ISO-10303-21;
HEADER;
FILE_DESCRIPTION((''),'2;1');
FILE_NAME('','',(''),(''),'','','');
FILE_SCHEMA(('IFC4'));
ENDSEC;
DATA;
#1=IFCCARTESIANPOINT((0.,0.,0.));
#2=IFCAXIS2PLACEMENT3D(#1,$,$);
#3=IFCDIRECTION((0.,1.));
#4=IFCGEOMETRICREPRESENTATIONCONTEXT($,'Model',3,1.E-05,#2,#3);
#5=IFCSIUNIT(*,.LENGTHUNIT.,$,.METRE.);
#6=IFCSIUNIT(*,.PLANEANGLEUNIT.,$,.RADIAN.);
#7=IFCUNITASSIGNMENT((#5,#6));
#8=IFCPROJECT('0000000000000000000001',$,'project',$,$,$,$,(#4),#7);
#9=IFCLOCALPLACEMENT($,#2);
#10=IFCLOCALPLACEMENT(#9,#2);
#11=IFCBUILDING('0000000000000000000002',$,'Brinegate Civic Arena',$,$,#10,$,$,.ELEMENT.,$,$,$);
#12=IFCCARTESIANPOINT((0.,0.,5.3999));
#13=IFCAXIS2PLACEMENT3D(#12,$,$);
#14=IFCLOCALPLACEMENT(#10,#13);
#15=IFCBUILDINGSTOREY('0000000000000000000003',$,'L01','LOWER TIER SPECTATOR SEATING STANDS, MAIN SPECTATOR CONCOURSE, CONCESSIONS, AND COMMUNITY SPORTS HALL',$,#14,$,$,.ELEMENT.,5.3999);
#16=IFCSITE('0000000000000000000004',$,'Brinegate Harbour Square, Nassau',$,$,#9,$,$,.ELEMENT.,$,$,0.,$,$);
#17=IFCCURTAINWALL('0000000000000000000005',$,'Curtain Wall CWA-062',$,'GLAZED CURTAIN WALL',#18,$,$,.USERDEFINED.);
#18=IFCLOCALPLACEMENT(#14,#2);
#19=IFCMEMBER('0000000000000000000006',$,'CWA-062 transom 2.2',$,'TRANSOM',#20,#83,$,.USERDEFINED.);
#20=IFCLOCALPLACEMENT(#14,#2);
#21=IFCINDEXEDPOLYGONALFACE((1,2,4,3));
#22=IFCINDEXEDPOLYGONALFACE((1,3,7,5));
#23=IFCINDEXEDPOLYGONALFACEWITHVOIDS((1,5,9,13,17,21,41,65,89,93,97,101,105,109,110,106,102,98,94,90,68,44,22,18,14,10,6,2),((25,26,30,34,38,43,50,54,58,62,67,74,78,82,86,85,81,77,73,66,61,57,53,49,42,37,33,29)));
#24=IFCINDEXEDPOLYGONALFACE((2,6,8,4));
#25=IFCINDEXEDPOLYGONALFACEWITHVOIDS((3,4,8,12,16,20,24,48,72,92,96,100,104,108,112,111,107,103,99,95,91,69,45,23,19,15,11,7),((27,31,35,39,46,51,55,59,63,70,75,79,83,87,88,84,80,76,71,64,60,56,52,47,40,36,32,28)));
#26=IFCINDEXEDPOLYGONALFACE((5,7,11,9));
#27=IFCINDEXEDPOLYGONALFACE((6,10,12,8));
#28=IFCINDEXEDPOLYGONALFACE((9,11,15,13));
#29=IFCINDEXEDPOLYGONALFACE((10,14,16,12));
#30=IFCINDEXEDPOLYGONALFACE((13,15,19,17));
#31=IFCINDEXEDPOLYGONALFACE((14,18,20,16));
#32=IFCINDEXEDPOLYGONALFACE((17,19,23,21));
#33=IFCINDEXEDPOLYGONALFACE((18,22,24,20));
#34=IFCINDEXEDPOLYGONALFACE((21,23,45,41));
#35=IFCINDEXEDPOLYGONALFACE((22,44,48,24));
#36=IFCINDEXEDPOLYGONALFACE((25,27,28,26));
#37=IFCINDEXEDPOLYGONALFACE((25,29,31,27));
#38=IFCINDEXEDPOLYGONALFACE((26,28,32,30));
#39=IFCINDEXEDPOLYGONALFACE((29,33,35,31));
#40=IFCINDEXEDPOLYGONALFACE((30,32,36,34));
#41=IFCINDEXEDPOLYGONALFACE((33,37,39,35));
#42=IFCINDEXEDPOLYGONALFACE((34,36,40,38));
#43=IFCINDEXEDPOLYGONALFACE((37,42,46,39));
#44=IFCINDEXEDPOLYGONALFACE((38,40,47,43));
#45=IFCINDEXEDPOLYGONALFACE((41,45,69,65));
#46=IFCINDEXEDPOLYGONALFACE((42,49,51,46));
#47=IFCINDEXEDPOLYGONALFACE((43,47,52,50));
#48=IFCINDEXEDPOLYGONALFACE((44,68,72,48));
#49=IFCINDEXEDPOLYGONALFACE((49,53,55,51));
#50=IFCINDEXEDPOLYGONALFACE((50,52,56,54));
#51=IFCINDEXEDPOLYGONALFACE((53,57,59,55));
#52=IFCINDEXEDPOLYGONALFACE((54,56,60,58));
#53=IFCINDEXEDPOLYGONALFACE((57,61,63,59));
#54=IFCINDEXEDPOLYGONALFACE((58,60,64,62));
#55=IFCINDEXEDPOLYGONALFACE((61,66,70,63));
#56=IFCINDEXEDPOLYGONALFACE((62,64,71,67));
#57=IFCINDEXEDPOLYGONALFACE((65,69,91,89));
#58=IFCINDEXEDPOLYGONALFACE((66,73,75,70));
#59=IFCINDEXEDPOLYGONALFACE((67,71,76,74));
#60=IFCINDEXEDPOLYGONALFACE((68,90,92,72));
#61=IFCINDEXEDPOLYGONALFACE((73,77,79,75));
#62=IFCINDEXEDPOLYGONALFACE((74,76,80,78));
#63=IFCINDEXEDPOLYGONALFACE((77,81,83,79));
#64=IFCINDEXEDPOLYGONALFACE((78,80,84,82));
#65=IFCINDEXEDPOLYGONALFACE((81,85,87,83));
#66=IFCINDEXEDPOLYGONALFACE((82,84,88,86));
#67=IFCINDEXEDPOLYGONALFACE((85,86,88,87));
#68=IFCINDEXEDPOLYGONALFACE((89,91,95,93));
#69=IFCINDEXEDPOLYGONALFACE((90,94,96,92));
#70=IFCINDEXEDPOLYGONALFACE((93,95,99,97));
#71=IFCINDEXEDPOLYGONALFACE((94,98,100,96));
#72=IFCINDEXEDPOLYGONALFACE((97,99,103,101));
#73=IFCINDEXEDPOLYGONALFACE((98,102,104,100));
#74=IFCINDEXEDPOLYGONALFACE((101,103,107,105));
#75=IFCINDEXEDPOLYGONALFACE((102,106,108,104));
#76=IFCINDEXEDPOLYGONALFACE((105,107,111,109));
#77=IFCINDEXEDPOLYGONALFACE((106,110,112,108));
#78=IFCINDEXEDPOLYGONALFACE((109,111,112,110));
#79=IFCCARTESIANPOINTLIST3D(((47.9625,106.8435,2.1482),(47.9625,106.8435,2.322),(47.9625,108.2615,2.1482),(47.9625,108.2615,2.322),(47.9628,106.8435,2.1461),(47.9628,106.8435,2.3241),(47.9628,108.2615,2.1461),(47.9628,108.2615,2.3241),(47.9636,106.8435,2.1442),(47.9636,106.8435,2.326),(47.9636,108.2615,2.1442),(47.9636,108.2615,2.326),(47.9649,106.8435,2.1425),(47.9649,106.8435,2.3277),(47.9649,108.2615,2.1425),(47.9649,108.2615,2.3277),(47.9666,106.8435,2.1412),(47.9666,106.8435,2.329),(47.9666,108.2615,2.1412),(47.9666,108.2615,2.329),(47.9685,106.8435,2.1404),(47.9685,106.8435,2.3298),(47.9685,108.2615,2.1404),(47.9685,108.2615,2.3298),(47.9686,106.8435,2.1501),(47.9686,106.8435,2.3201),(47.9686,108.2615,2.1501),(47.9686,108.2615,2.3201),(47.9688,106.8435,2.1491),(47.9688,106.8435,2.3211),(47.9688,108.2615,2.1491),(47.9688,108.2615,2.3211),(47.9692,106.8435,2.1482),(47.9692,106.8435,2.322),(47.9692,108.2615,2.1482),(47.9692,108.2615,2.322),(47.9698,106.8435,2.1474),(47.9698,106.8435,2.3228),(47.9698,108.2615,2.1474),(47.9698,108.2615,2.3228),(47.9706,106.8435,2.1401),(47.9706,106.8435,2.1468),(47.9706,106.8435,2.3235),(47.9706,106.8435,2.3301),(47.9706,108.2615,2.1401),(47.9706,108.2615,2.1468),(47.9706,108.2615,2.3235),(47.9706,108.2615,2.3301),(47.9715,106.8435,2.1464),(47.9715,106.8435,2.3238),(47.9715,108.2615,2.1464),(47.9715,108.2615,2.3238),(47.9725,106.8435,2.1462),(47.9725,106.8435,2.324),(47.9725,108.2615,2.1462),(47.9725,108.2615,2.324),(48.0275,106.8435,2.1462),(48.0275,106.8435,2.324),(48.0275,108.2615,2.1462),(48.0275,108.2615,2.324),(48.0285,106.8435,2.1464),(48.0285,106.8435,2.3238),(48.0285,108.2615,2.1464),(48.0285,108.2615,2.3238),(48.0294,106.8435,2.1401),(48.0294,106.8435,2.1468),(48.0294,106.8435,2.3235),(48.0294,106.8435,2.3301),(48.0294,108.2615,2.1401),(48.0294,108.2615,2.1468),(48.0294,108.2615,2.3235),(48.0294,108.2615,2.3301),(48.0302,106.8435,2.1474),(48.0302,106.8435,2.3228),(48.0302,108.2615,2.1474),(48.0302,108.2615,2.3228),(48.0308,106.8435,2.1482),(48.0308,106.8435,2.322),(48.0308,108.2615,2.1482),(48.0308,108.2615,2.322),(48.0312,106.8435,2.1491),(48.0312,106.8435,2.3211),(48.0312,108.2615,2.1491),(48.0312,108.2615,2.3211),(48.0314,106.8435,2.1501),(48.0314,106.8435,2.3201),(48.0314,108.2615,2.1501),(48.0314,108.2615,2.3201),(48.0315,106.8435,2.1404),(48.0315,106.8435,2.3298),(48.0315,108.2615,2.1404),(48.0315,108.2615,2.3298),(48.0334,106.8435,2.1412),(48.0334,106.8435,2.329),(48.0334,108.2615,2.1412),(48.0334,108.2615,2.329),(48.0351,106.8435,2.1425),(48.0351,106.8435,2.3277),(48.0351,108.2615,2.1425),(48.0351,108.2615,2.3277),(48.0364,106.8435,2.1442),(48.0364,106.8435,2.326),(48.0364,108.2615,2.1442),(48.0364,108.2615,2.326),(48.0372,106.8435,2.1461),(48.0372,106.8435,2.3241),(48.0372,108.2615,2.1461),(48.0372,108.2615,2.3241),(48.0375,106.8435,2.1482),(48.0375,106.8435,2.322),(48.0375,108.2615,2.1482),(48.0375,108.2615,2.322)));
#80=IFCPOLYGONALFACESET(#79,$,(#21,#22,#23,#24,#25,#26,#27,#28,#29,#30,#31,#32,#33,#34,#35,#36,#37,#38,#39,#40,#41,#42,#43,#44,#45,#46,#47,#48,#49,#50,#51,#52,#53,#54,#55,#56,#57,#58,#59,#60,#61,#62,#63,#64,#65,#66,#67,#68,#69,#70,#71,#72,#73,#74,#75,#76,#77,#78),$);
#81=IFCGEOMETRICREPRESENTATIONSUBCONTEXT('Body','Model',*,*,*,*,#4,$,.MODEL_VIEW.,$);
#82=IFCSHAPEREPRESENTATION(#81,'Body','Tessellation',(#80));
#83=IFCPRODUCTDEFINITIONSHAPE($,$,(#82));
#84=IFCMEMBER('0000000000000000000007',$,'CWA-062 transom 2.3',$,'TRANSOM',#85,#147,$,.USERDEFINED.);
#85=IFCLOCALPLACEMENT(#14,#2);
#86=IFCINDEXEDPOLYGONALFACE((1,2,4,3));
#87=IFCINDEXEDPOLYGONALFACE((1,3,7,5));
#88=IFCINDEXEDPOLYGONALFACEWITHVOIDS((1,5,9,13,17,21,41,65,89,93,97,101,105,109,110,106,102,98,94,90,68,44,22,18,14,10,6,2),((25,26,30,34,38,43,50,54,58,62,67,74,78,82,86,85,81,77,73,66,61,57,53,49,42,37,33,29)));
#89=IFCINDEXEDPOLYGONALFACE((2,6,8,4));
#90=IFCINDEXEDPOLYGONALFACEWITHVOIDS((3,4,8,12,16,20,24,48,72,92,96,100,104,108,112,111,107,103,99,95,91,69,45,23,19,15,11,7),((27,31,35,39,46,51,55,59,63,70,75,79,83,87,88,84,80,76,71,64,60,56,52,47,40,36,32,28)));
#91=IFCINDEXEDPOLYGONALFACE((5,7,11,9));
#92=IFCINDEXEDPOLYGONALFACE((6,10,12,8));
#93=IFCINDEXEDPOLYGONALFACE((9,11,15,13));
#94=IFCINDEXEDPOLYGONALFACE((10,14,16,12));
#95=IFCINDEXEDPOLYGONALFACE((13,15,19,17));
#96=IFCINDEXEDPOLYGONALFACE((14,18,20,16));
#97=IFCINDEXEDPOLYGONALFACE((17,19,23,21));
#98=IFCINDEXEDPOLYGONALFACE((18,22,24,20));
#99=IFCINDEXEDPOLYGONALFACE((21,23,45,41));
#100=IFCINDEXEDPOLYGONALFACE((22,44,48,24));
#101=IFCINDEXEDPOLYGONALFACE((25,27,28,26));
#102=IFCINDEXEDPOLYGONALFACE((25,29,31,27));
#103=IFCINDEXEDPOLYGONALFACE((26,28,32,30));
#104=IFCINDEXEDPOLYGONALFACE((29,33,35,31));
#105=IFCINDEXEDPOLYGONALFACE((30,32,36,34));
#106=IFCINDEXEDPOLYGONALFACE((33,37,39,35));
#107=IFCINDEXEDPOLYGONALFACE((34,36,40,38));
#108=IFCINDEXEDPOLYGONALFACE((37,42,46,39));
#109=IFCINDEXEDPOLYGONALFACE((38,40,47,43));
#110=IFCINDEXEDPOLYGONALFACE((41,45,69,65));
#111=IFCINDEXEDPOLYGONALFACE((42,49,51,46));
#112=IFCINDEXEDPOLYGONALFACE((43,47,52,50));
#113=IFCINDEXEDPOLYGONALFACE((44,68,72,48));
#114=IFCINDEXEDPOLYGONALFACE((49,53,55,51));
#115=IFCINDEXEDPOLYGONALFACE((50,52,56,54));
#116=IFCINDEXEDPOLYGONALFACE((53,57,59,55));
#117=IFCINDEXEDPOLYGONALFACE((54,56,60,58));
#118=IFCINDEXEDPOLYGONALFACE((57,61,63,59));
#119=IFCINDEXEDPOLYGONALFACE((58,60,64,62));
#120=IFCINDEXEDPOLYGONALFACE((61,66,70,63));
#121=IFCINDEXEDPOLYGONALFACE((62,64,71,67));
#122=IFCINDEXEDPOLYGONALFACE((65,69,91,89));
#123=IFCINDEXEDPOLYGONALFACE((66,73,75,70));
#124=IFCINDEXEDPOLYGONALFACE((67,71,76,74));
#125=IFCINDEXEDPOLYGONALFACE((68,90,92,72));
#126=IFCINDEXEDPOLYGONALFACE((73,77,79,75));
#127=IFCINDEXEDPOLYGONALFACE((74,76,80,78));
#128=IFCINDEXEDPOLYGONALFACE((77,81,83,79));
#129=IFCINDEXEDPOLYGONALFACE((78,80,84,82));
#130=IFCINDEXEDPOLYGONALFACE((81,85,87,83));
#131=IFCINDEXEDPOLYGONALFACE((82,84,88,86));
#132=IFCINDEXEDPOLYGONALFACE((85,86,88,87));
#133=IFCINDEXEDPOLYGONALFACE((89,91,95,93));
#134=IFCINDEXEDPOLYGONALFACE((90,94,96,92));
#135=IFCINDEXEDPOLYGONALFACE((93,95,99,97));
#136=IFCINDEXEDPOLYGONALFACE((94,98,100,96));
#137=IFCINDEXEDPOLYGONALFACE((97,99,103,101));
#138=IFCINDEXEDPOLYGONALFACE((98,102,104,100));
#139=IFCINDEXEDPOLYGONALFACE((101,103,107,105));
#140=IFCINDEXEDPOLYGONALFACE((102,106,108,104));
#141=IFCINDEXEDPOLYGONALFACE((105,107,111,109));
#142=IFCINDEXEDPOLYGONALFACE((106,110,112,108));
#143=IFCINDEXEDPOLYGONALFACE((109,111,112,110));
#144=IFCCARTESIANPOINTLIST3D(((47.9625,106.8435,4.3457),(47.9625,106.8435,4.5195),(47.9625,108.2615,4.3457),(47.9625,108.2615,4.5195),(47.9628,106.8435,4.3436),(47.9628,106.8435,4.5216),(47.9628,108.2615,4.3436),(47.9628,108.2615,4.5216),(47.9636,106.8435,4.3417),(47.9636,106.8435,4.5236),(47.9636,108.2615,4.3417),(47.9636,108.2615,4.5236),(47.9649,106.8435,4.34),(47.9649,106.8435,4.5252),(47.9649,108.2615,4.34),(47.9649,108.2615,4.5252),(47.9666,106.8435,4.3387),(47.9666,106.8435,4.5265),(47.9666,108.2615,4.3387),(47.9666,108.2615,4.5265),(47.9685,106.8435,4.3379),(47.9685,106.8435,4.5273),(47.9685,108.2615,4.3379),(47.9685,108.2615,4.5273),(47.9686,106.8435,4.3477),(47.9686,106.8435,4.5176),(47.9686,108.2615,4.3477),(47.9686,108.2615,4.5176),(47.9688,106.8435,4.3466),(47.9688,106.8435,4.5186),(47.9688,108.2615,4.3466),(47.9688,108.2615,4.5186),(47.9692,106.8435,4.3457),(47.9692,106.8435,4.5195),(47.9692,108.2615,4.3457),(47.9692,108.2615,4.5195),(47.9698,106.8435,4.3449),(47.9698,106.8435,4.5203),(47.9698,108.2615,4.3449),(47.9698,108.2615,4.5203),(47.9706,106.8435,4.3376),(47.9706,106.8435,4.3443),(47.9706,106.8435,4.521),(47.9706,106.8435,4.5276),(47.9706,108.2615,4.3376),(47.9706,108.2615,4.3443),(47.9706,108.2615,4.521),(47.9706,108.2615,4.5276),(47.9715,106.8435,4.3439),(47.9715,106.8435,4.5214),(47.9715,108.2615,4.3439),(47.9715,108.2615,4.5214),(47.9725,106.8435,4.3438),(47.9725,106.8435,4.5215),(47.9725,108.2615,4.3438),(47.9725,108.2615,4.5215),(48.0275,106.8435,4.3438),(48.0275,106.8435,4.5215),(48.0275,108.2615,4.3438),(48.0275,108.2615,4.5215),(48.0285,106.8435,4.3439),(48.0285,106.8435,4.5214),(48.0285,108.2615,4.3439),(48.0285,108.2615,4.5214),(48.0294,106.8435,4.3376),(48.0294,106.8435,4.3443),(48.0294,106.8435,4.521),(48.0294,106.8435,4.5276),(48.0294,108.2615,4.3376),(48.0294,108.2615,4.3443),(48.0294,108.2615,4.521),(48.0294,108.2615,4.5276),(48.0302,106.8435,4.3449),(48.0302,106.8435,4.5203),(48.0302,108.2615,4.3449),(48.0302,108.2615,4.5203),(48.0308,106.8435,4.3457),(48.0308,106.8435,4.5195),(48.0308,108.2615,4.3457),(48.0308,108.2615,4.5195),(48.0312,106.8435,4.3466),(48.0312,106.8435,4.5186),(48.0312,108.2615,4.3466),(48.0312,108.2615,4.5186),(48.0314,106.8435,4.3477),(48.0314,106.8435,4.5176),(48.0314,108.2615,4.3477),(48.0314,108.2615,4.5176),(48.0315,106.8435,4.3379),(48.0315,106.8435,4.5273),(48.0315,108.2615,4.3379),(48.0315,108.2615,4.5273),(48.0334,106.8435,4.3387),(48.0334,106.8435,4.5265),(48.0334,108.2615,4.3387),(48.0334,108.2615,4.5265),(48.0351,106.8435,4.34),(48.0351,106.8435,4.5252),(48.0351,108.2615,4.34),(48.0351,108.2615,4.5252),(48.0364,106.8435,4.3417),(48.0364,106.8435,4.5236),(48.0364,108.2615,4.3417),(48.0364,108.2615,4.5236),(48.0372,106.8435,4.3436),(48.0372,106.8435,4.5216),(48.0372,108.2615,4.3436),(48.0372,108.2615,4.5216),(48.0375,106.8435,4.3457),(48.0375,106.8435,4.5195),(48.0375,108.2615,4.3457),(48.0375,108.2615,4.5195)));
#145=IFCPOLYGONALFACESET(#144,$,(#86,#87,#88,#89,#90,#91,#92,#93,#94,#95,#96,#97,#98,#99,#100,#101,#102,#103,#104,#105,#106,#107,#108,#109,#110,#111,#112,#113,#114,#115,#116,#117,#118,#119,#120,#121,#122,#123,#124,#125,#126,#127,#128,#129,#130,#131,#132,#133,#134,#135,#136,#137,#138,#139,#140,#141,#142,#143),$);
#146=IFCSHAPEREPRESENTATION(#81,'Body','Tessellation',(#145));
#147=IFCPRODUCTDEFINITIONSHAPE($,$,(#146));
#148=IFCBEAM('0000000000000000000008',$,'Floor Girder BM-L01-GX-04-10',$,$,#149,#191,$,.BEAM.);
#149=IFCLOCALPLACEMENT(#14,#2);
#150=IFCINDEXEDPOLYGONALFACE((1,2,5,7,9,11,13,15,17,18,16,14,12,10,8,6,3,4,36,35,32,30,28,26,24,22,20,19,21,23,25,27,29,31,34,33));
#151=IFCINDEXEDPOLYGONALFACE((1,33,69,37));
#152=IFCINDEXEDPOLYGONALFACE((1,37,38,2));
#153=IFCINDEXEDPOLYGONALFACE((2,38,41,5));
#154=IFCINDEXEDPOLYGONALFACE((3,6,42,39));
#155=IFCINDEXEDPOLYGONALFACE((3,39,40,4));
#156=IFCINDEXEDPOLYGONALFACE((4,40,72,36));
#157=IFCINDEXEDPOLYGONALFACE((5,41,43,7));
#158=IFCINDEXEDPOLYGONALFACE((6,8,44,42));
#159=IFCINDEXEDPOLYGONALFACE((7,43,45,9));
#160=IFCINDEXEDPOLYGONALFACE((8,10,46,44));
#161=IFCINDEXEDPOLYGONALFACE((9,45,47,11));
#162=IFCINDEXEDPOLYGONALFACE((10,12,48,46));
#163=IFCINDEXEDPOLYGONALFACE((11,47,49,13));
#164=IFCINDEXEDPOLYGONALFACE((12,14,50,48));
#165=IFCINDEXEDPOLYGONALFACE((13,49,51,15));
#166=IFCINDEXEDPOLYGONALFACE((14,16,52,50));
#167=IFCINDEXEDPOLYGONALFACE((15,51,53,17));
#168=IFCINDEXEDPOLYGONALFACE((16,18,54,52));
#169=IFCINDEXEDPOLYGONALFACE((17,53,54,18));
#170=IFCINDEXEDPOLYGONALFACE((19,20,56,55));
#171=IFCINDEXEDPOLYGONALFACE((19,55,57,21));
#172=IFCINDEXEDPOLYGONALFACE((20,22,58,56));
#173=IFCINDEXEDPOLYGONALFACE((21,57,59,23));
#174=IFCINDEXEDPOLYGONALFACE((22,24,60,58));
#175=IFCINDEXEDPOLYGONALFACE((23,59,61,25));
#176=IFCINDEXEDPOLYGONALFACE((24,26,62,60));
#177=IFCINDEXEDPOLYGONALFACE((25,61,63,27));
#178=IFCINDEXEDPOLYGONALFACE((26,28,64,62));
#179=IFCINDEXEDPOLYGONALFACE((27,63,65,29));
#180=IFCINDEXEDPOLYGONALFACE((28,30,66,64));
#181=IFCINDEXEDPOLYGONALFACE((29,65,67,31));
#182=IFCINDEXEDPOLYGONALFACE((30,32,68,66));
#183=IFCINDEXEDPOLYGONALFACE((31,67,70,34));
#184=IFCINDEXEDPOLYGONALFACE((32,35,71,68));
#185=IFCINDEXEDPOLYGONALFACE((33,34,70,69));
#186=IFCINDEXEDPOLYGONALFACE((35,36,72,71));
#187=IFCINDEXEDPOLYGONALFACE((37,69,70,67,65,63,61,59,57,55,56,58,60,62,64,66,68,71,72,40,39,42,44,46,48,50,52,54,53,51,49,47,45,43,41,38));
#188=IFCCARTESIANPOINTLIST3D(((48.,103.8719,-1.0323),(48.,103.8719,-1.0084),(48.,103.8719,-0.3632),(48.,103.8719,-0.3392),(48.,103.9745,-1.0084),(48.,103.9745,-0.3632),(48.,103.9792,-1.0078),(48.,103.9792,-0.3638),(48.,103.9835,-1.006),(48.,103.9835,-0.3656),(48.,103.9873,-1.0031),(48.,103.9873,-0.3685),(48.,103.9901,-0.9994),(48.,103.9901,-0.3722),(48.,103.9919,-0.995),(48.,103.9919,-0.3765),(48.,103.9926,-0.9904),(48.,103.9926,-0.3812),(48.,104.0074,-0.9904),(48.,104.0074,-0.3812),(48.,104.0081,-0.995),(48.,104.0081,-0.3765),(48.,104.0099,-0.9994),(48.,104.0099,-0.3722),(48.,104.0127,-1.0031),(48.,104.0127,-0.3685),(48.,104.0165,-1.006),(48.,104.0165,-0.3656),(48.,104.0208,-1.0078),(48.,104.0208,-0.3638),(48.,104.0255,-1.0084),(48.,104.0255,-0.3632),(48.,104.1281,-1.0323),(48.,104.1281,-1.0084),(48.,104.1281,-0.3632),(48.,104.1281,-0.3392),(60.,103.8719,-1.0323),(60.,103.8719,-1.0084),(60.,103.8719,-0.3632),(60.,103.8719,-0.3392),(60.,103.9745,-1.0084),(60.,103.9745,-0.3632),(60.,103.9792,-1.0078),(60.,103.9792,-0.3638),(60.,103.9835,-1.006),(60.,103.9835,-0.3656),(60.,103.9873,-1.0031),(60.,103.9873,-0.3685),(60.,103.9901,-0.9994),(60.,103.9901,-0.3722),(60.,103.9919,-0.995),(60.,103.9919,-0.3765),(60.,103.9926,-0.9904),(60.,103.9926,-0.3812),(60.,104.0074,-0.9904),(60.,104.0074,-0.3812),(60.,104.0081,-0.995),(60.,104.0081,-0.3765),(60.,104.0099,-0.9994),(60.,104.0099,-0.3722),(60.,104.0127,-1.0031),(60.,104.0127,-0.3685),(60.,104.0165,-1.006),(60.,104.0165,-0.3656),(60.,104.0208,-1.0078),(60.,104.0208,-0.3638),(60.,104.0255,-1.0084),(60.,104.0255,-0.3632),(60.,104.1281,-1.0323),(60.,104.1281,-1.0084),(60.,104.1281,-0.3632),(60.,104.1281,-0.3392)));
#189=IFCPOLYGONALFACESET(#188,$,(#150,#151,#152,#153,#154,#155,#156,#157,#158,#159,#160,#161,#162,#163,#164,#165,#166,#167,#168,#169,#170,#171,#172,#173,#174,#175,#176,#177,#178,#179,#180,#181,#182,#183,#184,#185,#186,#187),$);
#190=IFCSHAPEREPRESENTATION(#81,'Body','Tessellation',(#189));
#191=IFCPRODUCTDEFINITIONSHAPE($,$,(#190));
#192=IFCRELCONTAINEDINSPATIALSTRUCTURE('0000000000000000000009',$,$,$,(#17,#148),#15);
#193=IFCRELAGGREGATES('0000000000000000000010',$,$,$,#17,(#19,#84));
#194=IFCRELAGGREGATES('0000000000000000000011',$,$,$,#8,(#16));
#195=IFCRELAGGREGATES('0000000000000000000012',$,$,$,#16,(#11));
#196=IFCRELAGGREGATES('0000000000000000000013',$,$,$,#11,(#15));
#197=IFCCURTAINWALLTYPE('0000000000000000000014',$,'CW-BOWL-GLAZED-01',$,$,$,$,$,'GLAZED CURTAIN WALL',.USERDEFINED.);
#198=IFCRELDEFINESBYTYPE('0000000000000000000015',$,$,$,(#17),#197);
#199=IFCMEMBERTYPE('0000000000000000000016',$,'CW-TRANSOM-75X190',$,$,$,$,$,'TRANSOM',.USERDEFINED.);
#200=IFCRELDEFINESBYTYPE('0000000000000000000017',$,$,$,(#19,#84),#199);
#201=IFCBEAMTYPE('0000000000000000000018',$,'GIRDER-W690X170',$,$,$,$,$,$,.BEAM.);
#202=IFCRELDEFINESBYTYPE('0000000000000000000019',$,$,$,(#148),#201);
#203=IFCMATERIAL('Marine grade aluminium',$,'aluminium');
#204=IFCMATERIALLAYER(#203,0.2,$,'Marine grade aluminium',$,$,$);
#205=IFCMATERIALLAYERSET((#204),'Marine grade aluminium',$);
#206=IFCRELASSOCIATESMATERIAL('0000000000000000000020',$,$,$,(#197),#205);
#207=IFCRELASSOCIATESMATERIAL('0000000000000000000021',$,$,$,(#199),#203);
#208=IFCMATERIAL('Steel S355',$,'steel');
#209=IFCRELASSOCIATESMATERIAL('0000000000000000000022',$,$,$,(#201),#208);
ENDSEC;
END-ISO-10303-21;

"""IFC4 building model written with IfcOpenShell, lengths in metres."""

from ifc_helpers import new_model, si_unit, direction, frame, origin, origin_2d, place, context, subcontext, project, spatial, hollow_rectangle, i_section, extrude, material, layer, layer_set, material_profile, profile_set, type_object, element, aggregate, save


model = new_model("IFC4")

# Units and contexts
model_context = context("Model", 3, precision=1e-05, world=origin(), true_north=direction((0.0, 1.0)))
body_context = subcontext(model_context, "Body", "Model", "MODEL_VIEW")
ifc_project = project(units=[si_unit("LENGTHUNIT", "METRE"), si_unit("PLANEANGLEUNIT", "RADIAN")], contexts=[model_context])

# Site, building, storey
site_placement = place(None, origin())
site = spatial("IfcSite", under=ifc_project, at=site_placement, Name="Brinegate Harbour Square, Nassau", CompositionType="ELEMENT", RefElevation=0.0)
building_placement = place(site_placement, origin())
building = spatial("IfcBuilding", under=site, at=building_placement, Name="Brinegate Civic Arena", CompositionType="ELEMENT")
storey_placement = place(building_placement, frame((0.0, 0.0, 5.3999)))
storey = spatial("IfcBuildingStorey", under=building, at=storey_placement, Name="L01", Description="LOWER TIER SPECTATOR SEATING STANDS, MAIN SPECTATOR CONCOURSE, CONCESSIONS, AND COMMUNITY SPORTS HALL", CompositionType="ELEMENT", Elevation=5.3999)

# Curtain wall
ifc_material_1 = material(Name="Marine grade aluminium", Category="aluminium")
ifc_layer_1 = layer(ifc_material_1, 0.2, Name="Marine grade aluminium")
ifc_layer_set_1 = layer_set([ifc_layer_1], Name="Marine grade aluminium")
curtain_wall_type = type_object("IfcCurtainWallType", Name="CW-BOWL-GLAZED-01", ElementType="GLAZED CURTAIN WALL", PredefinedType="USERDEFINED", material=ifc_layer_set_1)
curtain_wall_1_placement = place(storey_placement, origin())
curtain_wall_1 = element("IfcCurtainWall", 1, at=curtain_wall_1_placement, inside=storey, type_object=curtain_wall_type, Name="Curtain Wall CWA-062", ObjectType="GLAZED CURTAIN WALL", PredefinedType="USERDEFINED")

# Members
ifc_material_profile_1 = material_profile(ifc_material_1, hollow_rectangle(XDim=0.075, YDim=0.1899, WallThickness=0.0061, InnerFilletRadius=0.0039, OuterFilletRadius=0.0081, at=origin_2d()), Name="TRN75X190")
ifc_profile_set_1 = profile_set([ifc_material_profile_1], Name="Marine grade aluminium")
member_type_1 = type_object("IfcMemberType", Name="CW-TRANSOM-75X190", ElementType="TRANSOM", PredefinedType="USERDEFINED", material=ifc_profile_set_1)
member_1_placement = place(storey_placement, frame((48.0, 106.8435, 2.2351), z_axis=(0.0, 1.0, 0.0), x_axis=(-1.0, 0.0, 0.0)))
member_1 = element("IfcMember", 2, at=member_1_placement, type_object=member_type_1, Name="CWA-062 transom 2.2", ObjectType="TRANSOM", PredefinedType="USERDEFINED", context=body_context, shape_type="SweptSolid", body=[
    extrude(hollow_rectangle(XDim=0.075, YDim=0.1899, WallThickness=0.0061, InnerFilletRadius=0.0039, OuterFilletRadius=0.0081, at=origin_2d()), origin(), (0.0, 0.0, 1.0), 1.418),
])
member_2_placement = place(storey_placement, frame((48.0, 106.8435, 4.4326), z_axis=(0.0, 1.0, 0.0), x_axis=(-1.0, 0.0, 0.0)))
member_2 = element("IfcMember", 3, at=member_2_placement, type_object=member_type_1, Name="CWA-062 transom 2.3", ObjectType="TRANSOM", PredefinedType="USERDEFINED", context=body_context, shape_type="SweptSolid", body=[
    extrude(hollow_rectangle(XDim=0.075, YDim=0.1899, WallThickness=0.0061, InnerFilletRadius=0.0039, OuterFilletRadius=0.0081, at=origin_2d()), origin(), (0.0, 0.0, 1.0), 1.418),
])

# Beam
ifc_material_2 = material(Name="Steel S355", Category="steel")
ifc_material_profile_2 = material_profile(ifc_material_2, i_section(OverallWidth=0.2561, OverallDepth=0.6931, WebThickness=0.0149, FlangeThickness=0.0239, FilletRadius=0.0181, at=origin_2d()), Name="W690X170")
ifc_profile_set_2 = profile_set([ifc_material_profile_2], Name="Steel S355")
beam_type_1 = type_object("IfcBeamType", Name="GIRDER-W690X170", PredefinedType="BEAM", material=ifc_profile_set_2)
beam_1_placement = place(storey_placement, frame((48.0, 104.0, -0.6858), z_axis=(1.0, 0.0, 0.0), x_axis=(0.0, 1.0, 0.0)))
element("IfcBeam", 4, at=beam_1_placement, inside=storey, type_object=beam_type_1, Name="Floor Girder BM-L01-GX-04-10", PredefinedType="BEAM", context=body_context, shape_type="SweptSolid", body=[
    extrude(i_section(OverallWidth=0.2561, OverallDepth=0.6931, WebThickness=0.0149, FlangeThickness=0.0239, FilletRadius=0.0181, at=origin_2d()), origin(), (0.0, 0.0, 1.0), 12.0),
])

aggregate(curtain_wall_1, [member_1, member_2])

save(model, "model.ifc")
